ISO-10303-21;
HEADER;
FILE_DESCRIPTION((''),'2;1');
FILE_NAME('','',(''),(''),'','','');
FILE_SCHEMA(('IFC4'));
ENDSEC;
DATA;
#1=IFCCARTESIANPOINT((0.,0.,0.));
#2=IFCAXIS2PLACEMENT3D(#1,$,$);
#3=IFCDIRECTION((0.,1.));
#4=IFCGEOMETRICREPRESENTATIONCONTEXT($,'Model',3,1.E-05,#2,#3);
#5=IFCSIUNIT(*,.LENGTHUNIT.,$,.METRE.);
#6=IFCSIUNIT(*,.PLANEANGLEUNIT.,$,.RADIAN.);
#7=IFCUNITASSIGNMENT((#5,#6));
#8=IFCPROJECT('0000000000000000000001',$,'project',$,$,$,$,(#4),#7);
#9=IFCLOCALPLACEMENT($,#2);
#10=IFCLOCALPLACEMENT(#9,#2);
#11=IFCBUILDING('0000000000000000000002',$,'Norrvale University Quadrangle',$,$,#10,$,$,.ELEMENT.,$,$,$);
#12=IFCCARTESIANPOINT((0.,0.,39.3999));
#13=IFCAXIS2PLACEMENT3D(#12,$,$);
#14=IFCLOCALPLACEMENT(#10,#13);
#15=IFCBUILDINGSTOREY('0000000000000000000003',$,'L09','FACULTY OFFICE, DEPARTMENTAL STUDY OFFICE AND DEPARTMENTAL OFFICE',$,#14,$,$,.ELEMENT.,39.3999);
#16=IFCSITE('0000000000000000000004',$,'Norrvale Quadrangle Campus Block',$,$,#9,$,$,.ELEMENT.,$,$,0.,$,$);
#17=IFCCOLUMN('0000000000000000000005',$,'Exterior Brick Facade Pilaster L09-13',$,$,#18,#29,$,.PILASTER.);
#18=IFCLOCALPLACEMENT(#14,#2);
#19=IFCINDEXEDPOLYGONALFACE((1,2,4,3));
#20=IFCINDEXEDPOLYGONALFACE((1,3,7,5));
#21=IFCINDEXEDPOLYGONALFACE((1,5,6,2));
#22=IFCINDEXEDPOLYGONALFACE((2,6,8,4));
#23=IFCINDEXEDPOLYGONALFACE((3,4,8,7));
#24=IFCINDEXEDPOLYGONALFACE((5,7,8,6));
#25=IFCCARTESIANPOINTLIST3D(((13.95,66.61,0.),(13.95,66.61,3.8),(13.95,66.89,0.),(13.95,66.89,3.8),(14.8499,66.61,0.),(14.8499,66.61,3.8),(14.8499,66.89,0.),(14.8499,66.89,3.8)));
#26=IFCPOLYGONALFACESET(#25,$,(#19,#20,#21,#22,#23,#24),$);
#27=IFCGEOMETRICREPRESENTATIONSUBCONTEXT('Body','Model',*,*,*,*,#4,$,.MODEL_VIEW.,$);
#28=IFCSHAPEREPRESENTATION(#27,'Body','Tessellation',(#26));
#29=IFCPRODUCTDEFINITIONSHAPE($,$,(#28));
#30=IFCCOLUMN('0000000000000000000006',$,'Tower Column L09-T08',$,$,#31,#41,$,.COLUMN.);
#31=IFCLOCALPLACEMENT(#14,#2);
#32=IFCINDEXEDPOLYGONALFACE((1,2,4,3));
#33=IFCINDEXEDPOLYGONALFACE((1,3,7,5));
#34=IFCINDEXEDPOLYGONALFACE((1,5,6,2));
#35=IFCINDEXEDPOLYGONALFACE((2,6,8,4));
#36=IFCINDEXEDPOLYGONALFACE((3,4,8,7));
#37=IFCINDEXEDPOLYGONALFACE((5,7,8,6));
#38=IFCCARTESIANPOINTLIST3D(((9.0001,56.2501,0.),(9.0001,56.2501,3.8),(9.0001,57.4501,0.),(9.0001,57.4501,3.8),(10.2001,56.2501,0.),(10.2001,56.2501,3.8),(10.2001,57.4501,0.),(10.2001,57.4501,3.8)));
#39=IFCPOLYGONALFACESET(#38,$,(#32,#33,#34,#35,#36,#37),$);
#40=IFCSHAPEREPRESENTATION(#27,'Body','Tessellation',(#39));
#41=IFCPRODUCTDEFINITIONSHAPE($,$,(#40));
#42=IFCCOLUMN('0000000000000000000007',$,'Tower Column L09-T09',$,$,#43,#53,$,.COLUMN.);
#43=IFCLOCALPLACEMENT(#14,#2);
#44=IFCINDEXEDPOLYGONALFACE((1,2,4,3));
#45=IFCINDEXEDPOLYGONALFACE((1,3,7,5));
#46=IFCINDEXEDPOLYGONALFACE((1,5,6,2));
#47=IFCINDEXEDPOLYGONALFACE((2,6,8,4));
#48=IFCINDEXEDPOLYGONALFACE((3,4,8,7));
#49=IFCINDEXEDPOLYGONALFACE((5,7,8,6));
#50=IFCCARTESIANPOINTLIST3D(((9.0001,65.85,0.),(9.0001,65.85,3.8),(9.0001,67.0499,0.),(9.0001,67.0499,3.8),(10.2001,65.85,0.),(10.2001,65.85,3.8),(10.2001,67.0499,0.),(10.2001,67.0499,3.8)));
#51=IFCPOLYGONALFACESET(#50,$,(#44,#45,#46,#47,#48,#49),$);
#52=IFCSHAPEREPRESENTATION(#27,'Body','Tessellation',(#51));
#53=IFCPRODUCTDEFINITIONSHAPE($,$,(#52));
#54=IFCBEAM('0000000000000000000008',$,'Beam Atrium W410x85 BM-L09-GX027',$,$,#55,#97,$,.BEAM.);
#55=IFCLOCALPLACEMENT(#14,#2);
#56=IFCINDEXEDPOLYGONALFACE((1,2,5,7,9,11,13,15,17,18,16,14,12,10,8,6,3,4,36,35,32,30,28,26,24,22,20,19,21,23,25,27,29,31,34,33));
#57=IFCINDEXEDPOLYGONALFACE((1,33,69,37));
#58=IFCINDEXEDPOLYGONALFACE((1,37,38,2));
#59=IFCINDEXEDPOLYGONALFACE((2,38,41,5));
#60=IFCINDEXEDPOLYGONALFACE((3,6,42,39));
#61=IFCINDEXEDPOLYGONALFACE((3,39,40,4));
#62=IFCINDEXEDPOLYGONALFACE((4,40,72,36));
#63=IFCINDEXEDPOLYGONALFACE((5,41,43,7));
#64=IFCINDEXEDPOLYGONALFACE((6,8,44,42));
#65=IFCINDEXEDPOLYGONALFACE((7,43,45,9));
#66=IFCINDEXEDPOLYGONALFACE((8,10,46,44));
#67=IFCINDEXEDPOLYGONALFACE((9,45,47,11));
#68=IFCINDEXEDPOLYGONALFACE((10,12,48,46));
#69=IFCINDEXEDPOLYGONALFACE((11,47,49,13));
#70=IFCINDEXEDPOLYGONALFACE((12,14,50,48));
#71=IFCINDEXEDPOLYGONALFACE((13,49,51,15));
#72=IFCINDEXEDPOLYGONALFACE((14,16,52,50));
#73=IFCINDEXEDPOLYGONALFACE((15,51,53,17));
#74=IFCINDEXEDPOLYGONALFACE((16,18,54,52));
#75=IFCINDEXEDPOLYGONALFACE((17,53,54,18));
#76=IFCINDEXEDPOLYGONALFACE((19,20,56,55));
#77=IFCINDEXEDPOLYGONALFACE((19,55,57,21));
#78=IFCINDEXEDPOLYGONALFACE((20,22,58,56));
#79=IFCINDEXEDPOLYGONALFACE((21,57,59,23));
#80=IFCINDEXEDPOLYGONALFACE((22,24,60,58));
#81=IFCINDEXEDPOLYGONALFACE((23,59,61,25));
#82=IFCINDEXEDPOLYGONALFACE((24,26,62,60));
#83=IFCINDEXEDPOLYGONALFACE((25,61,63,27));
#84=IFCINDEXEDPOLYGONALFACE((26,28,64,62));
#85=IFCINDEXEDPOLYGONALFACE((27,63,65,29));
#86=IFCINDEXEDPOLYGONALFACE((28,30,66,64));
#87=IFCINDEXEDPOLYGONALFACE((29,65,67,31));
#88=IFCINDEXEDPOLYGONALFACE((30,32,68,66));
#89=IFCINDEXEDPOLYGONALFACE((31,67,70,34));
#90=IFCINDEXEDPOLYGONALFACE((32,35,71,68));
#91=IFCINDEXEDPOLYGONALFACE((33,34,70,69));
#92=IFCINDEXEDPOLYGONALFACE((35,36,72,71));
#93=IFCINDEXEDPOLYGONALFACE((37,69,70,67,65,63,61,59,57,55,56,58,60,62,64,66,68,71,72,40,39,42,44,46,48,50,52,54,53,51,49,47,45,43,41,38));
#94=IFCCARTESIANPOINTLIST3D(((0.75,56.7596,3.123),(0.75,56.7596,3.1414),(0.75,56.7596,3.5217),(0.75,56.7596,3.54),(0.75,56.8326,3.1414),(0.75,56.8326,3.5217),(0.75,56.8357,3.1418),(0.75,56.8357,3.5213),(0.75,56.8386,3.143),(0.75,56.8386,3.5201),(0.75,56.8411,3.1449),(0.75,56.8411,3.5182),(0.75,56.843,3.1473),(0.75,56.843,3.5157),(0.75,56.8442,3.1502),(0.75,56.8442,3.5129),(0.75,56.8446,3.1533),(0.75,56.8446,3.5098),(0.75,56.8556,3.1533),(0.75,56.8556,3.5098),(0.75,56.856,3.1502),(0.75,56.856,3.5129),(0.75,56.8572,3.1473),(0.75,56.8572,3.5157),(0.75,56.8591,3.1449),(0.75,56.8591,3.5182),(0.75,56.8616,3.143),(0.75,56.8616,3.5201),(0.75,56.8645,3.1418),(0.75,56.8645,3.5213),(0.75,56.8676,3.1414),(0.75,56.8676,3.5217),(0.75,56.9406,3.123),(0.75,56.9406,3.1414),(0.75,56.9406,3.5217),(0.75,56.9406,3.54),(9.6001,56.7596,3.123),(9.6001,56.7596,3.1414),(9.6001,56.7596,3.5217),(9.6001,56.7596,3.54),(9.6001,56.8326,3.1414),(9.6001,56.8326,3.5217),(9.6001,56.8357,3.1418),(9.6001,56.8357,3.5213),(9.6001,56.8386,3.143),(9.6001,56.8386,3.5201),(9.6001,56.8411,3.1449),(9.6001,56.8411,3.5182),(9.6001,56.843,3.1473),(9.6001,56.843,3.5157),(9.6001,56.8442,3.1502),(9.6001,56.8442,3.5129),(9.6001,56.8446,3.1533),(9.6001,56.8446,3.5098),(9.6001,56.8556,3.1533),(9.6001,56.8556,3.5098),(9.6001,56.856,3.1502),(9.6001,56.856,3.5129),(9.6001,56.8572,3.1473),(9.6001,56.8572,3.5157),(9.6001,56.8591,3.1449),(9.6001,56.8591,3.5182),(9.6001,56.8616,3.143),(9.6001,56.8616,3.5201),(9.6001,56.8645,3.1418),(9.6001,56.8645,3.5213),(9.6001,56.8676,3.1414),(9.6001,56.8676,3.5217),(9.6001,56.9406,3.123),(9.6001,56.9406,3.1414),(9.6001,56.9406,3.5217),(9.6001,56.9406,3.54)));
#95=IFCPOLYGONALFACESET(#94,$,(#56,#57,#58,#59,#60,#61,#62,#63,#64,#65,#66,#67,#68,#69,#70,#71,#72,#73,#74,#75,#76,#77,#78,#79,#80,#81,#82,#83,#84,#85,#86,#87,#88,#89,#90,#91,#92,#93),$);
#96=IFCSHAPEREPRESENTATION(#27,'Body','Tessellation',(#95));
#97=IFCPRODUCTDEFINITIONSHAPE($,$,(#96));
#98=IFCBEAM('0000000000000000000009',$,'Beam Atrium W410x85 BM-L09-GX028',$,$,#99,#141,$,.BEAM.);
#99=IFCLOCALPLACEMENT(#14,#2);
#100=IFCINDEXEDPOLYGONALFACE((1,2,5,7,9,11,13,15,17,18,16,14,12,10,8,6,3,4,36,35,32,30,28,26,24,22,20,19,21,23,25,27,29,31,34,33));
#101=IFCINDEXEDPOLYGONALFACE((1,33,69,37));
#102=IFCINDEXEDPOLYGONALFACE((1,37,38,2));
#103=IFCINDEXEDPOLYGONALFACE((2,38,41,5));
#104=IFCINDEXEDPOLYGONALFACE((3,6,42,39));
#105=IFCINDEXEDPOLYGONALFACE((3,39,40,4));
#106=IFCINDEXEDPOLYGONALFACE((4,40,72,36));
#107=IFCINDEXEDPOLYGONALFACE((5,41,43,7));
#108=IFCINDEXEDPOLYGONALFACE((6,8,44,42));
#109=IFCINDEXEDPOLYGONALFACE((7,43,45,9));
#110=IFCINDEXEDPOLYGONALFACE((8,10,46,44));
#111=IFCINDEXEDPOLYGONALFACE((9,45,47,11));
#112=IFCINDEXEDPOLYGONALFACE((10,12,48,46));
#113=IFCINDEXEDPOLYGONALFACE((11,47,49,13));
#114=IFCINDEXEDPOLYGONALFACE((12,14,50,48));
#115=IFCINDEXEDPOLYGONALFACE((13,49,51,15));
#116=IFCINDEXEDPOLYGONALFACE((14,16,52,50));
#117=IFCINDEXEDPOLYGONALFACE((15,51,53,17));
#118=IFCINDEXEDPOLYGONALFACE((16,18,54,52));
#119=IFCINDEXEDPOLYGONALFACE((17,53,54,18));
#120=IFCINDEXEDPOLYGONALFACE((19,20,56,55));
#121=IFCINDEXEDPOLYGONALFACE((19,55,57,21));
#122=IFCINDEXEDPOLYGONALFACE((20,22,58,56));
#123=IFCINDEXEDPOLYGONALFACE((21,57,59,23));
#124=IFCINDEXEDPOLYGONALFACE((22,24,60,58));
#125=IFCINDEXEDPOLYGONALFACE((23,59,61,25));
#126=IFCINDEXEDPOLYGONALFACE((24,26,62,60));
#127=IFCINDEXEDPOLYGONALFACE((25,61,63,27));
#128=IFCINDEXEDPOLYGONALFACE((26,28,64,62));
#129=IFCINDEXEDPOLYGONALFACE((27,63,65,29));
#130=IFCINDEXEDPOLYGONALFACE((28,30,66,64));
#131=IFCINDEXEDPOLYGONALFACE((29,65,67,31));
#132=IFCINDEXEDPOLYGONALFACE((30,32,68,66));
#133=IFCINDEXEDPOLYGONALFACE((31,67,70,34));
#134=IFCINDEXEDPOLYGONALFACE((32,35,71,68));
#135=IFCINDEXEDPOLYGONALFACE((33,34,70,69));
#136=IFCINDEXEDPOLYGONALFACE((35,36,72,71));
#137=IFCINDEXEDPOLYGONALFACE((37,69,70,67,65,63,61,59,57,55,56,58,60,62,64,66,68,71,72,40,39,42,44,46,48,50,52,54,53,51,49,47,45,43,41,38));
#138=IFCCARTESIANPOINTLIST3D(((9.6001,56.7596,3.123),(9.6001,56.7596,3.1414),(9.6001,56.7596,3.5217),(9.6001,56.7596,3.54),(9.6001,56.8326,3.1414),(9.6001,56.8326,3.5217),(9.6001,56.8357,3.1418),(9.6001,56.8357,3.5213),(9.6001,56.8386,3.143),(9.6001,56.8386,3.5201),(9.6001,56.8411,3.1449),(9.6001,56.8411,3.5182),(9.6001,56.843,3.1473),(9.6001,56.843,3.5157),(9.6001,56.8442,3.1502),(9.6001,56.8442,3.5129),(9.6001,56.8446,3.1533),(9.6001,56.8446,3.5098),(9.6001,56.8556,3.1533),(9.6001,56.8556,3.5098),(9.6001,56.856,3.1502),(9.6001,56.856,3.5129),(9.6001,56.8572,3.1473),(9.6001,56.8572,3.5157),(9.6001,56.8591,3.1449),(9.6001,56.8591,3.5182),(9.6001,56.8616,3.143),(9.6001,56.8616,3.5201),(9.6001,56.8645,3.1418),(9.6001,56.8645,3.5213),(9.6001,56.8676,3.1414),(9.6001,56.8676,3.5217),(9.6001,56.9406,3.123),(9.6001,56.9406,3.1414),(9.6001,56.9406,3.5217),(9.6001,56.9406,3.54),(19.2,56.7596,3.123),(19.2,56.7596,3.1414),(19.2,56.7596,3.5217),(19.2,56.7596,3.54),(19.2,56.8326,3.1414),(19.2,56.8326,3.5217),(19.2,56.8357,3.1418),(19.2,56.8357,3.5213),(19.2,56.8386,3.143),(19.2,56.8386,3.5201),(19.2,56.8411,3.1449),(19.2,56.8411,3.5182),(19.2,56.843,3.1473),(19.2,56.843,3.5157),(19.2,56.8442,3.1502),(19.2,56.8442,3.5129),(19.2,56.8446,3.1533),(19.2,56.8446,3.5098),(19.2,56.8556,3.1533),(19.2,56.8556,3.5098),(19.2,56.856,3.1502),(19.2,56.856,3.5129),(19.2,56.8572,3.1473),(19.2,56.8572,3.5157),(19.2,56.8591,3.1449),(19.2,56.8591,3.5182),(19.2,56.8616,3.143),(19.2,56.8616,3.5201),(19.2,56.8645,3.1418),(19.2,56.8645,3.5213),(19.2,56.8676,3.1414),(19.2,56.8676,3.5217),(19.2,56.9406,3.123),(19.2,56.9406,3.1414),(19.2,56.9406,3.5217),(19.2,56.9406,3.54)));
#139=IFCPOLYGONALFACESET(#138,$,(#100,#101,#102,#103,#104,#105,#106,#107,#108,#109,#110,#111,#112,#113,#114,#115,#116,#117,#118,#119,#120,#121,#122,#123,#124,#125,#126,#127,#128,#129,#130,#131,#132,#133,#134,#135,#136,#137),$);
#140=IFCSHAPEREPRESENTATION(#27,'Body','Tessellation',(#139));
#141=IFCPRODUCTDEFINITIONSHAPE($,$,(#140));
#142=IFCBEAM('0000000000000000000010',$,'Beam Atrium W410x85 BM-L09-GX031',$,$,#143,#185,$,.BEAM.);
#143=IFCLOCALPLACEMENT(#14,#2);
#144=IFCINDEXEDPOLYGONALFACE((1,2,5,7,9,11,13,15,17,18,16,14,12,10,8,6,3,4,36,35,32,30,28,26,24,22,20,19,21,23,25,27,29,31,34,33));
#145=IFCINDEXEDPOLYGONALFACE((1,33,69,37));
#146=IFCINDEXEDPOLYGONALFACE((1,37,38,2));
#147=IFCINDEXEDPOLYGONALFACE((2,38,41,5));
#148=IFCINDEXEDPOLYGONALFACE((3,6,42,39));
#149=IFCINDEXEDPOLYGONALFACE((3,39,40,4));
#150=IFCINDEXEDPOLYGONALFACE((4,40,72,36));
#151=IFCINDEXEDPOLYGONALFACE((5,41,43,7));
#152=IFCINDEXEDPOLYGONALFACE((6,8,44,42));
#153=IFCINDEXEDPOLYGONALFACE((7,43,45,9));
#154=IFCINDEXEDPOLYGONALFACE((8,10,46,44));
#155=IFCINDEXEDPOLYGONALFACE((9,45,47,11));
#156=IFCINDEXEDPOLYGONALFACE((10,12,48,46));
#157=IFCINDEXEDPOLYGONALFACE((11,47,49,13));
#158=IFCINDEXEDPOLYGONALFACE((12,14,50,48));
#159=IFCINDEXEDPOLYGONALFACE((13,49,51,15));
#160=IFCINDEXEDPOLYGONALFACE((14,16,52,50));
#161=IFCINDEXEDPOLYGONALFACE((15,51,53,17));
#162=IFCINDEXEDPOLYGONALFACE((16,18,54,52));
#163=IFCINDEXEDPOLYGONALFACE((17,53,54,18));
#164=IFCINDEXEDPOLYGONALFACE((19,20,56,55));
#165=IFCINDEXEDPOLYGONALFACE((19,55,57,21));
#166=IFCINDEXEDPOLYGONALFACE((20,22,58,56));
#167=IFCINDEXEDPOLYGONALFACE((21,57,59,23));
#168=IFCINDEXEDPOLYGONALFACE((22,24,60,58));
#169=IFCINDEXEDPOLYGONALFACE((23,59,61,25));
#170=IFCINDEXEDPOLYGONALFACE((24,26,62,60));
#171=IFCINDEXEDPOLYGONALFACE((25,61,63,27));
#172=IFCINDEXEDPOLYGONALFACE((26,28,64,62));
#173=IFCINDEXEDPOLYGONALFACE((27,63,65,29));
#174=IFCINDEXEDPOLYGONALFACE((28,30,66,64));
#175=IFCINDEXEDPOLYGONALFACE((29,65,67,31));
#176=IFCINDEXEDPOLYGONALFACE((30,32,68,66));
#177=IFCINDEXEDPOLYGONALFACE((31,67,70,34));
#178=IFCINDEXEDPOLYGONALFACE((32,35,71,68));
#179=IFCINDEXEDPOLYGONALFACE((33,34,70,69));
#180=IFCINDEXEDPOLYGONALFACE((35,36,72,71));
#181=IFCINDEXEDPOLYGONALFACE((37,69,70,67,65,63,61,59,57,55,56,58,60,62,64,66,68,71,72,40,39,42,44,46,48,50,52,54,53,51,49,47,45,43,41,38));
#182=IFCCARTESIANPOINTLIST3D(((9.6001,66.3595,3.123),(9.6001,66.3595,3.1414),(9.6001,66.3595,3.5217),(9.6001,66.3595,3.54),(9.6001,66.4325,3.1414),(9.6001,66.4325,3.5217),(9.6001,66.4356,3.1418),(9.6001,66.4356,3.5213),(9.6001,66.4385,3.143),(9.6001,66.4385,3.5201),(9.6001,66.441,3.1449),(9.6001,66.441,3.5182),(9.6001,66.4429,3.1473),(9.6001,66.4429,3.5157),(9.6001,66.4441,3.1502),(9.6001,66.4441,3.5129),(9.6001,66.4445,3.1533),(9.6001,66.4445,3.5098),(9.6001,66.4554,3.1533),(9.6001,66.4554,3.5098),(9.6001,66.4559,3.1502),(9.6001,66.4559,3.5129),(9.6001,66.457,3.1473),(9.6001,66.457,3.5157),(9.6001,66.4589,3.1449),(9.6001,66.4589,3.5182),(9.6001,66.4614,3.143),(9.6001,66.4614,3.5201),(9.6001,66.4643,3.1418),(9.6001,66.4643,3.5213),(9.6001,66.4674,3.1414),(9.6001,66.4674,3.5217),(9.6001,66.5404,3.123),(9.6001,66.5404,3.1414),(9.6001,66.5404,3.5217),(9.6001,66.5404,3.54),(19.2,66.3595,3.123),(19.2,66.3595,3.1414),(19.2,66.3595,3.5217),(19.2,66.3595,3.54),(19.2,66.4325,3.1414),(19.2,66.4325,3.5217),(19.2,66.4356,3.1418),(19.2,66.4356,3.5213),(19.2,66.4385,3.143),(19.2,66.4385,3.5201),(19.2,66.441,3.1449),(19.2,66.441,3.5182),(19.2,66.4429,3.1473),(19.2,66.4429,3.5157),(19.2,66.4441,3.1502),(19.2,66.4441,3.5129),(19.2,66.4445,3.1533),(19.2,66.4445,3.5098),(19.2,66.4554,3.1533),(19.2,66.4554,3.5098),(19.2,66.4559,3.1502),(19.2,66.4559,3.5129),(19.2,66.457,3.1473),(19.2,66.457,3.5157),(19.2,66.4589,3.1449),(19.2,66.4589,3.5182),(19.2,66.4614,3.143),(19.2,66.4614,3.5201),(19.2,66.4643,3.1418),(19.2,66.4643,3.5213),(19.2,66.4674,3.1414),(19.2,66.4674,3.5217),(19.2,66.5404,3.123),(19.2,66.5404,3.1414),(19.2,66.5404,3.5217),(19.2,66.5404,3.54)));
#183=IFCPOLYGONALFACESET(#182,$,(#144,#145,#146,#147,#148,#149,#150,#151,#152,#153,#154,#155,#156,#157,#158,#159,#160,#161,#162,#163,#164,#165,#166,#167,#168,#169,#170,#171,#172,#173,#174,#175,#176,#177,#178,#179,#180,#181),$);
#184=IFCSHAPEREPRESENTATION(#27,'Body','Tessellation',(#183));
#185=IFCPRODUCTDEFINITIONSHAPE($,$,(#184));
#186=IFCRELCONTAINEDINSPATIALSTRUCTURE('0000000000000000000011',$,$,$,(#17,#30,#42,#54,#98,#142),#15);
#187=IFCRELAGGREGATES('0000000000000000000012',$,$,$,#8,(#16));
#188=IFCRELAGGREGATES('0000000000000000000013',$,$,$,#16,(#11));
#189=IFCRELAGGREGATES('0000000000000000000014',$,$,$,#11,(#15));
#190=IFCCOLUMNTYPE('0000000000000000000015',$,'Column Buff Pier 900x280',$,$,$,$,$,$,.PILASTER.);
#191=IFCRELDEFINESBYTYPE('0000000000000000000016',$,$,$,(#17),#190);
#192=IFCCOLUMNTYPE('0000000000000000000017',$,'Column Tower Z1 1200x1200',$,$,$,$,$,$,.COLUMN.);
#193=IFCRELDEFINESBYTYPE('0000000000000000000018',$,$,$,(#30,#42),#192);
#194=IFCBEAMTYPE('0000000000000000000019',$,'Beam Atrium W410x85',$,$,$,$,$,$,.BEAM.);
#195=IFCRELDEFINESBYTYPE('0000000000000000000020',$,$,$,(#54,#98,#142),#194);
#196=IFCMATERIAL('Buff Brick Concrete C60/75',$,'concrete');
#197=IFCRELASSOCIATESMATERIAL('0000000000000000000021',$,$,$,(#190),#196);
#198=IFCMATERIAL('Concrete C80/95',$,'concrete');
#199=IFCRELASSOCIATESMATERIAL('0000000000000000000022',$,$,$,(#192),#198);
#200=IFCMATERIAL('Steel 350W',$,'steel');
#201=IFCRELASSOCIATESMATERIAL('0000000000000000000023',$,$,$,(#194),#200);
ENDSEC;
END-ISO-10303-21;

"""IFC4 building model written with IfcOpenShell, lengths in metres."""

from ifc_helpers import new_model, si_unit, direction, frame, origin, origin_2d, place, context, subcontext, project, spatial, rectangle, i_section, extrude, material, material_profile, profile_set, type_object, element, save


model = new_model("IFC4")

# Units and contexts
model_context = context("Model", 3, precision=1e-05, world=origin(), true_north=direction((0.0, 1.0)))
body_context = subcontext(model_context, "Body", "Model", "MODEL_VIEW")
ifc_project = project(units=[si_unit("LENGTHUNIT", "METRE"), si_unit("PLANEANGLEUNIT", "RADIAN")], contexts=[model_context])

# Site, building, storey
site_placement = place(None, origin())
site = spatial("IfcSite", under=ifc_project, at=site_placement, Name="Norrvale Quadrangle Campus Block", CompositionType="ELEMENT", RefElevation=0.0)
building_placement = place(site_placement, origin())
building = spatial("IfcBuilding", under=site, at=building_placement, Name="Norrvale University Quadrangle", CompositionType="ELEMENT")
storey_placement = place(building_placement, frame((0.0, 0.0, 39.3999)))
storey = spatial("IfcBuildingStorey", under=building, at=storey_placement, Name="L09", Description="FACULTY OFFICE, DEPARTMENTAL STUDY OFFICE AND DEPARTMENTAL OFFICE", CompositionType="ELEMENT", Elevation=39.3999)

# Columns
ifc_material_1 = material(Name="Buff Brick Concrete C60/75", Category="concrete")
ifc_material_profile_1 = material_profile(ifc_material_1, rectangle(XDim=0.8999, YDim=0.28, at=origin_2d()), Name="Buff Brick Concrete C60/75")
ifc_profile_set_1 = profile_set([ifc_material_profile_1], Name="Buff Brick Concrete C60/75")
column_type_1 = type_object("IfcColumnType", Name="Column Buff Pier 900x280", PredefinedType="PILASTER", material=ifc_profile_set_1)
column_placement = place(storey_placement, frame((14.3999, 66.75, 0.0), z_axis=(0.0, 0.0, 1.0), x_axis=(1.0, 0.0, 0.0)))
element("IfcColumn", 1, at=column_placement, inside=storey, type_object=column_type_1, Name="Exterior Brick Facade Pilaster L09-13", PredefinedType="PILASTER", context=body_context, shape_type="SweptSolid", body=[
    extrude(rectangle(XDim=0.8999, YDim=0.28, at=origin_2d()), origin(), (0.0, 0.0, 1.0), 3.8),
])
ifc_material_2 = material(Name="Concrete C80/95", Category="concrete")
ifc_material_profile_2 = material_profile(ifc_material_2, rectangle(XDim=1.2, YDim=1.2, at=origin_2d()), Name="Concrete C80/95")
ifc_profile_set_2 = profile_set([ifc_material_profile_2], Name="Concrete C80/95")
column_type_2 = type_object("IfcColumnType", Name="Column Tower Z1 1200x1200", PredefinedType="COLUMN", material=ifc_profile_set_2)
for number, where, z_axis, x_axis, name in (
    (2, (9.6001, 56.8501, 0.0), (0.0, 0.0, 1.0), (1.0, 0.0, 0.0), "Tower Column L09-T08"),
    (3, (9.6001, 66.45, 0.0), (0.0, 0.0, 1.0), (1.0, 0.0, 0.0), "Tower Column L09-T09"),
):
    element("IfcColumn", number, at=place(storey_placement, frame(where, z_axis=z_axis, x_axis=x_axis)), inside=storey, type_object=column_type_2, Name=name, PredefinedType="COLUMN", context=body_context, shape_type="SweptSolid", body=[
        extrude(rectangle(XDim=1.2, YDim=1.2, at=origin_2d()), origin(), (0.0, 0.0, 1.0), 3.8),
    ])

# Beams
ifc_material_3 = material(Name="Steel 350W", Category="steel")
ifc_material_profile_3 = material_profile(ifc_material_3, i_section(OverallWidth=0.1809, OverallDepth=0.417, WebThickness=0.011, FlangeThickness=0.0183, FilletRadius=0.012, at=origin_2d()), Name="Steel 350W")
ifc_profile_set_3 = profile_set([ifc_material_profile_3], Name="Steel 350W")
beam_type_1 = type_object("IfcBeamType", Name="Beam Atrium W410x85", PredefinedType="BEAM", material=ifc_profile_set_3)
beam_1_placement = place(storey_placement, frame((0.75, 56.8501, 3.3315), z_axis=(1.0, 0.0, 0.0), x_axis=(0.0, 1.0, 0.0)))
element("IfcBeam", 4, at=beam_1_placement, inside=storey, type_object=beam_type_1, Name="Beam Atrium W410x85 BM-L09-GX027", PredefinedType="BEAM", context=body_context, shape_type="SweptSolid", body=[
    extrude(i_section(OverallWidth=0.1809, OverallDepth=0.417, WebThickness=0.011, FlangeThickness=0.0183, FilletRadius=0.012, at=origin_2d()), origin(), (0.0, 0.0, 1.0), 8.8501),
])
for number, where, z_axis, x_axis, name in (
    (5, (9.6001, 56.8501, 3.3315), (1.0, 0.0, 0.0), (0.0, 1.0, 0.0), "Beam Atrium W410x85 BM-L09-GX028"),
    (6, (9.6001, 66.45, 3.3315), (1.0, 0.0, 0.0), (0.0, 1.0, 0.0), "Beam Atrium W410x85 BM-L09-GX031"),
):
    element("IfcBeam", number, at=place(storey_placement, frame(where, z_axis=z_axis, x_axis=x_axis)), inside=storey, type_object=beam_type_1, Name=name, PredefinedType="BEAM", context=body_context, shape_type="SweptSolid", body=[
        extrude(i_section(OverallWidth=0.1809, OverallDepth=0.417, WebThickness=0.011, FlangeThickness=0.0183, FilletRadius=0.012, at=origin_2d()), origin(), (0.0, 0.0, 1.0), 9.5999),
    ])

save(model, "model.ifc")
